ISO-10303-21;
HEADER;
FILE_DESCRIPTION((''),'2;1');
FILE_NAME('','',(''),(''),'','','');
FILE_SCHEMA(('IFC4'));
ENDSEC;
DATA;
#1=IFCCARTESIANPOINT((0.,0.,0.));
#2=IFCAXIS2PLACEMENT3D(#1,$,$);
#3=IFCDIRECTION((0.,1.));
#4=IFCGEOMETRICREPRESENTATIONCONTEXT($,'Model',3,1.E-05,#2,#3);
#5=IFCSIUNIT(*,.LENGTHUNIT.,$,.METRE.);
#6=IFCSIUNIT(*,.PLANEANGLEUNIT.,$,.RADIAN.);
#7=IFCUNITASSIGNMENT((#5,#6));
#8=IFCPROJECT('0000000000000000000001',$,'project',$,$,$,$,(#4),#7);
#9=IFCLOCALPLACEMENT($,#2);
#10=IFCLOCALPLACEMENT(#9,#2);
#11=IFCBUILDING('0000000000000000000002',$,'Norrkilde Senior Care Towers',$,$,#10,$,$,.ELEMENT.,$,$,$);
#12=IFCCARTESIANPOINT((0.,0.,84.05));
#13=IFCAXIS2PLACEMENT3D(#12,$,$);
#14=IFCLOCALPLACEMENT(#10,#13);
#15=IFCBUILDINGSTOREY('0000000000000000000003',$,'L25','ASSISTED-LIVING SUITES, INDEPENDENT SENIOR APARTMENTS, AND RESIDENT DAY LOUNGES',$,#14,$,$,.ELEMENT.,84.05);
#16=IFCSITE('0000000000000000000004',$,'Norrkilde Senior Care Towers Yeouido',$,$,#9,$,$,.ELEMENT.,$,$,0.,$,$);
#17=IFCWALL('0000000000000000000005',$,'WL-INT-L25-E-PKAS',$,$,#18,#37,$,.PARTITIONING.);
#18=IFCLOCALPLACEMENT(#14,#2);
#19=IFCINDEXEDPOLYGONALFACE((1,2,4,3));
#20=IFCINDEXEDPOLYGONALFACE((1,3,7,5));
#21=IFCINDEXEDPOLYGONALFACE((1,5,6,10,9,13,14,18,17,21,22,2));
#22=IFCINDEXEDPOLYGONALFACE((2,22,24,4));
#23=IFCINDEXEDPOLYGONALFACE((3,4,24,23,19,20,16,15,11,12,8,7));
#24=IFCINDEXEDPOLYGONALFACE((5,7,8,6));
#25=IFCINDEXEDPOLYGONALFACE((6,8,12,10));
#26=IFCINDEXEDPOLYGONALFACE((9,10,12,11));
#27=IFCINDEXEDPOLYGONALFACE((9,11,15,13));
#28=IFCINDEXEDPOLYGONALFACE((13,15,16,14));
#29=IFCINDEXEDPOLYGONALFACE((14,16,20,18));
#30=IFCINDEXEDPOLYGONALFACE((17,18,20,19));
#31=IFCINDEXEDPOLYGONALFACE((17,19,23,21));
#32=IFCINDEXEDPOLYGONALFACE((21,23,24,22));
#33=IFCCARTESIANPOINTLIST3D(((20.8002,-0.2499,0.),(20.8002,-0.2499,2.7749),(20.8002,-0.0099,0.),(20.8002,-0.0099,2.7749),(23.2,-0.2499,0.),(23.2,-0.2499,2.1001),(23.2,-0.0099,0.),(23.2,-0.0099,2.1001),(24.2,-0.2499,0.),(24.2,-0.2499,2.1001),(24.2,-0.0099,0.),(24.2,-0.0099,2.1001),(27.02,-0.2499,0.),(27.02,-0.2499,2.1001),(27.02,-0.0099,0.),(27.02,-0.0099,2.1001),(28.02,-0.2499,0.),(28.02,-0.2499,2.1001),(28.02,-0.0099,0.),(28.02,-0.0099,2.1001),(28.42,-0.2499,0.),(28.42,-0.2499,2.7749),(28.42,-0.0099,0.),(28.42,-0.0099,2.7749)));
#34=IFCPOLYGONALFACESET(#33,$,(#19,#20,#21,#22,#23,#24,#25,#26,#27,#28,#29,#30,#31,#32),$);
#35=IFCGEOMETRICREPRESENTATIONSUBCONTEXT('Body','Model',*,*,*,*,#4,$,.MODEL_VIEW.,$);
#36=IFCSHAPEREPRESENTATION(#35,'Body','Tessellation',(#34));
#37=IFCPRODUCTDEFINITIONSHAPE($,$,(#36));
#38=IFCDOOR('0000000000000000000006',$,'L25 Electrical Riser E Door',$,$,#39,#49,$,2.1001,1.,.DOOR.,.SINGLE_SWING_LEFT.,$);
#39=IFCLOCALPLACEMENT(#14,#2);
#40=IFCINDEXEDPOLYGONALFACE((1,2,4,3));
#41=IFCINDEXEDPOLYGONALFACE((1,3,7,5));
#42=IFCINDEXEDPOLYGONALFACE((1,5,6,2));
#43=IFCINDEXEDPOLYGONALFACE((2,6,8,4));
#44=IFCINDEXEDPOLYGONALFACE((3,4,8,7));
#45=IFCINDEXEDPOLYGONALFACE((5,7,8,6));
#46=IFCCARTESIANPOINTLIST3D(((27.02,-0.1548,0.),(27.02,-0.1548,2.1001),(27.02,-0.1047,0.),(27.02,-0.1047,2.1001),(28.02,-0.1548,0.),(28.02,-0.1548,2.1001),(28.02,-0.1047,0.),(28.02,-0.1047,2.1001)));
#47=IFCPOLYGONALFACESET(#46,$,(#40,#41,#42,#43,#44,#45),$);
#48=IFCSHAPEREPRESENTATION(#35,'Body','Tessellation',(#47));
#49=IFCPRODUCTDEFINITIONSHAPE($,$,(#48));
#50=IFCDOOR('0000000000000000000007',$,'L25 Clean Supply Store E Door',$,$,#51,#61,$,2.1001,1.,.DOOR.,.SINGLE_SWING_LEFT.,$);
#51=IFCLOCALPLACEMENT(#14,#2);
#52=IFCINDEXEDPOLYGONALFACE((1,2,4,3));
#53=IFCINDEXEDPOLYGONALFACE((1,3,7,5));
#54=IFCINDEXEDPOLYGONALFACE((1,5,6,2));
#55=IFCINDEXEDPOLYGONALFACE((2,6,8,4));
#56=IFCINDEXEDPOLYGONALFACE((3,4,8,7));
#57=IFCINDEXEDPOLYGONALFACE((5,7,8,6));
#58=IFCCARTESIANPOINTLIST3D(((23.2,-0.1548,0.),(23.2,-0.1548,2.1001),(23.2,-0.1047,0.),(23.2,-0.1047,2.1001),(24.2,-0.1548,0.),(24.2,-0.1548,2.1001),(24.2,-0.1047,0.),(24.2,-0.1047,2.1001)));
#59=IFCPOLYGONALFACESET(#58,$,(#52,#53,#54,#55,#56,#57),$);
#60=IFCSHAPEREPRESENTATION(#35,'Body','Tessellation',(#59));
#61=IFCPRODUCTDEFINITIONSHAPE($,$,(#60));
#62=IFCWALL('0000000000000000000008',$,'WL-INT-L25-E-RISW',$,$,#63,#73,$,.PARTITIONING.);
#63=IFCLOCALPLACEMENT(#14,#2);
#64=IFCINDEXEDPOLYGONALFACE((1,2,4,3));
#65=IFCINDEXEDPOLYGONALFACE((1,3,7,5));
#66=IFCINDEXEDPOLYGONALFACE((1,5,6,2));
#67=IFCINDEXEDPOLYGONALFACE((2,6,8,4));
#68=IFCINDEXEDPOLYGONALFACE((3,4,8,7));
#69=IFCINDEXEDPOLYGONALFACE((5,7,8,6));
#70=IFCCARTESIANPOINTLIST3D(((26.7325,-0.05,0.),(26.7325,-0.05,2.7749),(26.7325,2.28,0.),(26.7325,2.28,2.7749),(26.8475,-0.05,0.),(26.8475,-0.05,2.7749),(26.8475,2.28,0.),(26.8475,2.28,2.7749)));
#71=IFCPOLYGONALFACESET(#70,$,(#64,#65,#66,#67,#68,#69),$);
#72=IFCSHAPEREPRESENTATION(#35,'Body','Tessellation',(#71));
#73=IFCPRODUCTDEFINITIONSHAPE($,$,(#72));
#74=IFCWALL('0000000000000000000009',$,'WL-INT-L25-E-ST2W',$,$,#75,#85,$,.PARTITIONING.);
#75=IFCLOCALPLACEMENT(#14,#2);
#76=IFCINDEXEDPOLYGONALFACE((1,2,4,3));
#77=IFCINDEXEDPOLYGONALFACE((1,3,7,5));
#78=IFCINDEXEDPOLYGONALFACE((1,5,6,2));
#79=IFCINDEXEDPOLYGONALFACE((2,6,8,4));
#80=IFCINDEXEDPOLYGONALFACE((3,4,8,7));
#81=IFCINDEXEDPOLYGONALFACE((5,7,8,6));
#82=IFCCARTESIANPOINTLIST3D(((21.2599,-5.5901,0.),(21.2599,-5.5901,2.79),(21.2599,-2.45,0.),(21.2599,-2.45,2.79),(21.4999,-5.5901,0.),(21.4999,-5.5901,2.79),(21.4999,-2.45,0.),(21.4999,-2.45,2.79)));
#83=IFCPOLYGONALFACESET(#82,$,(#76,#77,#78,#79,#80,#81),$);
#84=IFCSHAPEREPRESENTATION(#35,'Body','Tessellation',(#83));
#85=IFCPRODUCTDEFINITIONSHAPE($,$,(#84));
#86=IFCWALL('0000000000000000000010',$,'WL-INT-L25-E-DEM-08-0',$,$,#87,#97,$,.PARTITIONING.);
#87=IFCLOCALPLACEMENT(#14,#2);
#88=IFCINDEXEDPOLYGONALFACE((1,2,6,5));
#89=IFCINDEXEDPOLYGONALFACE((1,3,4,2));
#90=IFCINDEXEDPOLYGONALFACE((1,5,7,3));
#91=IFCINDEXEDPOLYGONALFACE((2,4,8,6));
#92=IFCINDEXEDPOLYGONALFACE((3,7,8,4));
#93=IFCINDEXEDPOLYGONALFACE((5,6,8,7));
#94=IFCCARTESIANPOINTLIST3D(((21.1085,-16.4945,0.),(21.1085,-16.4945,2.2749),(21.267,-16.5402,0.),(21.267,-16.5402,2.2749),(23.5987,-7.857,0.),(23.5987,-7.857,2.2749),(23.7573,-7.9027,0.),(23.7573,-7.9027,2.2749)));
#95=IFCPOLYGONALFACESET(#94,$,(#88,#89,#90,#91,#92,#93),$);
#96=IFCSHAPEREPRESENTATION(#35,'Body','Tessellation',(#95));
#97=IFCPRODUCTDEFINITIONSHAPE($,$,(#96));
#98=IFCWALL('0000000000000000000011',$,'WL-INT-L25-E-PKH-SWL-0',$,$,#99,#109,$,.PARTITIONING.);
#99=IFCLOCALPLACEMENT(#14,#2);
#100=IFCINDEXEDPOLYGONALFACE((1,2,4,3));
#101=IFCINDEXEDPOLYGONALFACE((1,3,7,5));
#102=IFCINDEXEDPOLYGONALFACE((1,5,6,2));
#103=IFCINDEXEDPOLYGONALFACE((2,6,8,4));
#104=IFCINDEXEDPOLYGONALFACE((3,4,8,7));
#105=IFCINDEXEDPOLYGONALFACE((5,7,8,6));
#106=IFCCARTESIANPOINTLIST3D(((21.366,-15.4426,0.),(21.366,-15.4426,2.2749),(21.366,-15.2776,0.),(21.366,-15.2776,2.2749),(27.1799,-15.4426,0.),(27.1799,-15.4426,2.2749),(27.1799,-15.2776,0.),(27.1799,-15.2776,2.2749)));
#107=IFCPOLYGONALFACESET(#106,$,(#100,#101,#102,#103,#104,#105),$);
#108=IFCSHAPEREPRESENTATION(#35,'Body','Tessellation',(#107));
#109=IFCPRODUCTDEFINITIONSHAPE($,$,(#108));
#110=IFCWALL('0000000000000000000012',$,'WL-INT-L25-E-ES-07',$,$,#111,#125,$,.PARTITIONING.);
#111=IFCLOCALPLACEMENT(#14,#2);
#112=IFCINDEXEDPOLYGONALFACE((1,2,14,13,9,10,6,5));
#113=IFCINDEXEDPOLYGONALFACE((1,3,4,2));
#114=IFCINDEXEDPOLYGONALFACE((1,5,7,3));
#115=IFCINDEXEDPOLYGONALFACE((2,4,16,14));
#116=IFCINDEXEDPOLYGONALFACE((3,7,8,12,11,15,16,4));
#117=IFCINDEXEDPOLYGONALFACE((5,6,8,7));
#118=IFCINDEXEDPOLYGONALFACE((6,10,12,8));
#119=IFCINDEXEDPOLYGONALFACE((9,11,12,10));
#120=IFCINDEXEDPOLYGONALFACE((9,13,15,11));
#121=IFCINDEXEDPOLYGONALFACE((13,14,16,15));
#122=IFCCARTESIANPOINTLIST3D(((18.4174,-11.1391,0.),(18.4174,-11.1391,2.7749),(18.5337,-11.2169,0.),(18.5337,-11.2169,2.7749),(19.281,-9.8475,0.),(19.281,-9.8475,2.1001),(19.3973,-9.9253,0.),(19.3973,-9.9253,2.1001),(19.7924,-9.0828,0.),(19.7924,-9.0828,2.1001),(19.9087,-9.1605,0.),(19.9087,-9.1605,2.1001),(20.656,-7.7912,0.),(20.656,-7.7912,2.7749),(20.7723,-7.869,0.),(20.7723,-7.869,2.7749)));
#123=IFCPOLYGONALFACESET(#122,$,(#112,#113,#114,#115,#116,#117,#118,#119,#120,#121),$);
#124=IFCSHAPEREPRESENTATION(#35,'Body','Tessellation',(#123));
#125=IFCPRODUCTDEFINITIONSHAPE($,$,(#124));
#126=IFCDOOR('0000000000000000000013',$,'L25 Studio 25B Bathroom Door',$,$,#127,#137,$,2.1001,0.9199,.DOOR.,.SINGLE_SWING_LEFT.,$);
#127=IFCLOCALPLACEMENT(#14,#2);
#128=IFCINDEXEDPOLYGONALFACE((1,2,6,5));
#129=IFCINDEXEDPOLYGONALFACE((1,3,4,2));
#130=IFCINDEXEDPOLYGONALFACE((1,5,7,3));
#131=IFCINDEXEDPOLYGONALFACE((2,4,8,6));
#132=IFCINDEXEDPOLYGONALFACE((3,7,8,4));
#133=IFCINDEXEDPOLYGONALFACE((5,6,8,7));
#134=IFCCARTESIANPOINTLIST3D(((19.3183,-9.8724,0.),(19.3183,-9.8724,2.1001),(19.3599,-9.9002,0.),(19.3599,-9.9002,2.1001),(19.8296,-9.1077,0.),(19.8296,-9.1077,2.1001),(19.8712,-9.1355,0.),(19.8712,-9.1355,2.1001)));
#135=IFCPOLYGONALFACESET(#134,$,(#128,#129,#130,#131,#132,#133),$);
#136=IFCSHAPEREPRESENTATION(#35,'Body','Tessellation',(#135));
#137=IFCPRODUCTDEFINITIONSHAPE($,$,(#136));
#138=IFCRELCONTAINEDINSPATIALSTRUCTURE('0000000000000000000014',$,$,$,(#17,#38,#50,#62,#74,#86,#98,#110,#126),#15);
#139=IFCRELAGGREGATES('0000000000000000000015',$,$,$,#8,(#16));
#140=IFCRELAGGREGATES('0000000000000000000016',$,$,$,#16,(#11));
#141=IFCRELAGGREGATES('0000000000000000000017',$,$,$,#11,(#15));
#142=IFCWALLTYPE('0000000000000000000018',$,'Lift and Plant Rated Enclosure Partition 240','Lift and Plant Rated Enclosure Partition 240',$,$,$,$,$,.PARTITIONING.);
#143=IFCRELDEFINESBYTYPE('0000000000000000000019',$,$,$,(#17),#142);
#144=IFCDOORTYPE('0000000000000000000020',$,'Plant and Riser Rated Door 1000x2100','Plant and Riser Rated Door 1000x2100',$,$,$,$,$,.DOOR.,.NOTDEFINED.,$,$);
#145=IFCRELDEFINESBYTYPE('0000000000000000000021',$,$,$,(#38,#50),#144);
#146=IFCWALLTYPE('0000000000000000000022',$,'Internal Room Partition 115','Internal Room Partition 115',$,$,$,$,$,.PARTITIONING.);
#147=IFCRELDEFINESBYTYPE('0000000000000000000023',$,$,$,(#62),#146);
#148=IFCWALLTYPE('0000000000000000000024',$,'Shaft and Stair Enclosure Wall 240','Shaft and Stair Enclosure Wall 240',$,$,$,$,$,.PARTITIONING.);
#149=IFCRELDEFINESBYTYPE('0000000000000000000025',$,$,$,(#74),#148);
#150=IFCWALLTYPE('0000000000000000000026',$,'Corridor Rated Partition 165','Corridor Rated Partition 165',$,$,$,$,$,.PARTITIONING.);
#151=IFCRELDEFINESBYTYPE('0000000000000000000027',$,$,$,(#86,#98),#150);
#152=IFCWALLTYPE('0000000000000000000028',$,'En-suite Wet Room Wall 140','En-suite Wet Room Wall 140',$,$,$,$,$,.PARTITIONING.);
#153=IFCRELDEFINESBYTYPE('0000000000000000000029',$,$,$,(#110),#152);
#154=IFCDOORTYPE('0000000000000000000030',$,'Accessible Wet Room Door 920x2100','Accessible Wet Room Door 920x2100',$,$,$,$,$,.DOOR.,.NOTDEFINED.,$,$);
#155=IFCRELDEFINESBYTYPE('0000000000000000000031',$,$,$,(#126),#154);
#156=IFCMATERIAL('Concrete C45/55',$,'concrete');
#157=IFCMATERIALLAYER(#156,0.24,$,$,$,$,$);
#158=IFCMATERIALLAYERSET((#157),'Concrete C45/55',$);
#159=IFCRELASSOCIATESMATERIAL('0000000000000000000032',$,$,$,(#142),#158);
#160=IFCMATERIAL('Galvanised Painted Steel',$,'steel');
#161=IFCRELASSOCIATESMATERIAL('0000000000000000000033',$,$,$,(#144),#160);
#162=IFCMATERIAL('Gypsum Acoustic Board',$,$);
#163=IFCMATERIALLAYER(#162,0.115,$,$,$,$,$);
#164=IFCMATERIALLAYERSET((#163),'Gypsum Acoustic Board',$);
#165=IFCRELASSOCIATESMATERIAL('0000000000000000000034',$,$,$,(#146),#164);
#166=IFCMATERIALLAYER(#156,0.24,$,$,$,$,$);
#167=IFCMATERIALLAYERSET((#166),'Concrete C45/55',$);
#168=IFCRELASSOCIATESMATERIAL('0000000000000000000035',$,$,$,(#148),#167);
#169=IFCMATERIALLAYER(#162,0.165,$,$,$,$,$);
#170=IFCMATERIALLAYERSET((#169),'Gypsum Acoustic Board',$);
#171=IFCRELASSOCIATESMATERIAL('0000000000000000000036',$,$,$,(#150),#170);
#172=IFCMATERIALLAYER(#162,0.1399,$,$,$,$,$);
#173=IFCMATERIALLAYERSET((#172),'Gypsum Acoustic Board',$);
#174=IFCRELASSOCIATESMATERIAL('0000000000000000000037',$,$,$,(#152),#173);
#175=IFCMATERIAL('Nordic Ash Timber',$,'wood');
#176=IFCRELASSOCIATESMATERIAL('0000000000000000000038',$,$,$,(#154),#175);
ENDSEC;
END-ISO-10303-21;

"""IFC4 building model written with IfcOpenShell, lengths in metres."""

from ifc_helpers import new_model, si_unit, direction, frame, frame_2d, origin, place, context, subcontext, project, spatial, rectangle, extrude, source, transform, mapped, material, layer, layer_set, type_object, type_shapes, element, fill, save


model = new_model("IFC4")

# Units and contexts
model_context = context("Model", 3, precision=1e-05, world=origin(), true_north=direction((0.0, 1.0)))
body_context = subcontext(model_context, "Body", "Model", "MODEL_VIEW")
ifc_project = project(units=[si_unit("LENGTHUNIT", "METRE"), si_unit("PLANEANGLEUNIT", "RADIAN")], contexts=[model_context])

# Site, building, storey
site_placement = place(None, origin())
site = spatial("IfcSite", under=ifc_project, at=site_placement, Name="Norrkilde Senior Care Towers Yeouido", CompositionType="ELEMENT", RefElevation=0.0)
building_placement = place(site_placement, origin())
building = spatial("IfcBuilding", under=site, at=building_placement, Name="Norrkilde Senior Care Towers", CompositionType="ELEMENT")
storey_placement = place(building_placement, frame((0.0, 0.0, 84.05)))
storey = spatial("IfcBuildingStorey", under=building, at=storey_placement, Name="L25", Description="ASSISTED-LIVING SUITES, INDEPENDENT SENIOR APARTMENTS, AND RESIDENT DAY LOUNGES", CompositionType="ELEMENT", Elevation=84.05)

# Wall, openings, doors
ifc_material_1 = material(Name="Concrete C45/55", Category="concrete")
ifc_layer_1 = layer(ifc_material_1, 0.24)
ifc_layer_set_1 = layer_set([ifc_layer_1], Name="Concrete C45/55")
wall_type_1 = type_object("IfcWallType", Name="Lift and Plant Rated Enclosure Partition 240", Description="Lift and Plant Rated Enclosure Partition 240", PredefinedType="PARTITIONING", material=ifc_layer_set_1)
shared_shape_1 = source(origin(), body_context, "Body", "SweptSolid", [
    extrude(rectangle(XDim=7.6199, YDim=0.24, at=frame_2d((3.8101, 0.0))), origin(), (0.0, 0.0, 1.0), 2.7749),
])
type_shapes(wall_type_1, [shared_shape_1])
wall_1_placement = place(storey_placement, frame((20.8, -0.1299, 0.0), z_axis=(0.0, 0.0, 1.0), x_axis=(1.0, 0.0, 0.0)))
wall_1 = element("IfcWall", 1, at=wall_1_placement, inside=storey, type_object=wall_type_1, Name="WL-INT-L25-E-PKAS", PredefinedType="PARTITIONING", context=body_context, shape_type="MappedRepresentation", body=[
    mapped(shared_shape_1, transform((0.0, 0.0, 0.0), x_axis=(1.0, 0.0, 0.0), y_axis=(0.0, 1.0, 0.0), z_axis=(0.0, 0.0, 1.0), scale=1.0)),
])
opening_1_placement = place(wall_1_placement, frame((6.22, 0.0, 0.0)))
opening_1 = element("IfcOpeningElement", 2, at=opening_1_placement, cuts=wall_1, PredefinedType="OPENING", context=body_context, shape_type="SweptSolid", body=[
    extrude(rectangle(XDim=1.0, YDim=2.1001, at=frame_2d((0.5, 1.05))), frame((0.0, 0.1299, 0.0), z_axis=(0.0, -1.0, 0.0), x_axis=(1.0, 0.0, 0.0)), (0.0, 0.0, 1.0), 0.26),
])
opening_2_placement = place(wall_1_placement, frame((2.3999, 0.0, 0.0)))
opening_2 = element("IfcOpeningElement", 3, at=opening_2_placement, cuts=wall_1, PredefinedType="OPENING", context=body_context, shape_type="SweptSolid", body=[
    extrude(rectangle(XDim=1.0, YDim=2.1001, at=frame_2d((0.5, 1.05))), frame((0.0, 0.1299, 0.0), z_axis=(0.0, -1.0, 0.0), x_axis=(1.0, 0.0, 0.0)), (0.0, 0.0, 1.0), 0.26),
])
ifc_material_2 = material(Name="Galvanised Painted Steel", Category="steel")
door_type_1 = type_object("IfcDoorType", Name="Plant and Riser Rated Door 1000x2100", Description="Plant and Riser Rated Door 1000x2100", OperationType="NOTDEFINED", PredefinedType="DOOR", material=ifc_material_2)
shared_shape_2 = source(origin(), body_context, "Body", "SweptSolid", [
    extrude(rectangle(XDim=1.0, YDim=2.1001, at=frame_2d((0.5, 1.05))), frame((0.0, 0.0249, 0.0), z_axis=(0.0, -1.0, 0.0), x_axis=(1.0, 0.0, 0.0)), (0.0, 0.0, 1.0), 0.05),
])
type_shapes(door_type_1, [shared_shape_2])
door_1_placement = place(opening_1_placement, frame((1.0, 0.0, 0.0), z_axis=(0.0, 0.0, 1.0), x_axis=(-1.0, 0.0, 0.0)))
door_1 = element("IfcDoor", 4, at=door_1_placement, inside=storey, type_object=door_type_1, Name="L25 Electrical Riser E Door", OperationType="SINGLE_SWING_LEFT", OverallHeight=2.1001, OverallWidth=1.0, PredefinedType="DOOR", context=body_context, shape_type="MappedRepresentation", body=[
    mapped(shared_shape_2, transform((0.0, 0.0, 0.0), x_axis=(1.0, 0.0, 0.0), y_axis=(0.0, 1.0, 0.0), z_axis=(0.0, 0.0, 1.0), scale=1.0)),
])
fill(opening_1, door_1)
door_2_placement = place(opening_2_placement, frame((1.0, 0.0, 0.0), z_axis=(0.0, 0.0, 1.0), x_axis=(-1.0, 0.0, 0.0)))
door_2 = element("IfcDoor", 5, at=door_2_placement, inside=storey, type_object=door_type_1, Name="L25 Clean Supply Store E Door", OperationType="SINGLE_SWING_LEFT", OverallHeight=2.1001, OverallWidth=1.0, PredefinedType="DOOR", context=body_context, shape_type="MappedRepresentation", body=[
    mapped(shared_shape_2, transform((0.0, 0.0, 0.0), x_axis=(1.0, 0.0, 0.0), y_axis=(0.0, 1.0, 0.0), z_axis=(0.0, 0.0, 1.0), scale=1.0)),
])
fill(opening_2, door_2)

# Wall
ifc_material_3 = material(Name="Gypsum Acoustic Board")
ifc_layer_2 = layer(ifc_material_3, 0.115)
ifc_layer_set_2 = layer_set([ifc_layer_2], Name="Gypsum Acoustic Board")
wall_type_2 = type_object("IfcWallType", Name="Internal Room Partition 115", Description="Internal Room Partition 115", PredefinedType="PARTITIONING", material=ifc_layer_set_2)
shared_shape_3 = source(origin(), body_context, "Body", "SweptSolid", [
    extrude(rectangle(XDim=2.3301, YDim=0.115, at=frame_2d((1.165, 0.0))), origin(), (0.0, 0.0, 1.0), 2.7749),
])
type_shapes(wall_type_2, [shared_shape_3])
wall_2_placement = place(storey_placement, frame((26.79, -0.05, 0.0), z_axis=(0.0, 0.0, 1.0), x_axis=(0.0, 1.0, 0.0)))
element("IfcWall", 6, at=wall_2_placement, inside=storey, type_object=wall_type_2, Name="WL-INT-L25-E-RISW", PredefinedType="PARTITIONING", context=body_context, shape_type="MappedRepresentation", body=[
    mapped(shared_shape_3, transform((0.0, 0.0, 0.0), x_axis=(1.0, 0.0, 0.0), y_axis=(0.0, 1.0, 0.0), z_axis=(0.0, 0.0, 1.0), scale=1.0)),
])

# Shared definitions
ifc_layer_3 = layer(ifc_material_1, 0.24)
ifc_layer_set_3 = layer_set([ifc_layer_3], Name="Concrete C45/55")
wall_type_3 = type_object("IfcWallType", Name="Shaft and Stair Enclosure Wall 240", Description="Shaft and Stair Enclosure Wall 240", PredefinedType="PARTITIONING", material=ifc_layer_set_3)

# Walls
shared_shape_4 = source(origin(), body_context, "Body", "SweptSolid", [
    extrude(rectangle(XDim=3.1401, YDim=0.24, at=frame_2d((1.5701, 0.0))), origin(), (0.0, 0.0, 1.0), 2.79),
])
wall_3_placement = place(storey_placement, frame((21.3799, -5.5901, 0.0), z_axis=(0.0, 0.0, 1.0), x_axis=(0.0, 1.0, 0.0)))
element("IfcWall", 7, at=wall_3_placement, inside=storey, type_object=wall_type_3, Name="WL-INT-L25-E-ST2W", PredefinedType="PARTITIONING", context=body_context, shape_type="MappedRepresentation", body=[
    mapped(shared_shape_4, transform((0.0, 0.0, 0.0), x_axis=(1.0, 0.0, 0.0), y_axis=(0.0, 1.0, 0.0), z_axis=(0.0, 0.0, 1.0), scale=1.0)),
])
ifc_layer_4 = layer(ifc_material_3, 0.165)
ifc_layer_set_4 = layer_set([ifc_layer_4], Name="Gypsum Acoustic Board")
wall_type_4 = type_object("IfcWallType", Name="Corridor Rated Partition 165", Description="Corridor Rated Partition 165", PredefinedType="PARTITIONING", material=ifc_layer_set_4)
shared_shape_5 = source(origin(), body_context, "Body", "SweptSolid", [
    extrude(rectangle(XDim=8.9893, YDim=0.165, at=frame_2d((4.4946, 0.0))), origin(), (0.0, 0.0, 1.0), 2.2749),
])
wall_4_placement = place(storey_placement, frame((23.678, -7.8799, 0.0), z_axis=(0.0, 0.0, 1.0), x_axis=(-0.277023, -0.960863, 0.0)))
element("IfcWall", 8, at=wall_4_placement, inside=storey, type_object=wall_type_4, Name="WL-INT-L25-E-DEM-08-0", PredefinedType="PARTITIONING", context=body_context, shape_type="MappedRepresentation", body=[
    mapped(shared_shape_5, transform((0.0, 0.0, 0.0), x_axis=(1.0, 0.0, 0.0), y_axis=(0.0, 1.0, 0.0), z_axis=(0.0, 0.0, 1.0), scale=1.0)),
])
shared_shape_6 = source(origin(), body_context, "Body", "SweptSolid", [
    extrude(rectangle(XDim=5.814, YDim=0.165, at=frame_2d((2.907, 0.0))), origin(), (0.0, 0.0, 1.0), 2.2749),
])
type_shapes(wall_type_4, [shared_shape_5, shared_shape_6])
wall_5_placement = place(storey_placement, frame((21.366, -15.3601, 0.0), z_axis=(0.0, 0.0, 1.0), x_axis=(1.0, 0.0, 0.0)))
element("IfcWall", 9, at=wall_5_placement, inside=storey, type_object=wall_type_4, Name="WL-INT-L25-E-PKH-SWL-0", PredefinedType="PARTITIONING", context=body_context, shape_type="MappedRepresentation", body=[
    mapped(shared_shape_6, transform((0.0, 0.0, 0.0), x_axis=(1.0, 0.0, 0.0), y_axis=(0.0, 1.0, 0.0), z_axis=(0.0, 0.0, 1.0), scale=1.0)),
])

# Wall, opening, door
ifc_layer_5 = layer(ifc_material_3, 0.1399)
ifc_layer_set_5 = layer_set([ifc_layer_5], Name="Gypsum Acoustic Board")
wall_type_5 = type_object("IfcWallType", Name="En-suite Wet Room Wall 140", Description="En-suite Wet Room Wall 140", PredefinedType="PARTITIONING", material=ifc_layer_set_5)
shared_shape_7 = source(origin(), body_context, "Body", "SweptSolid", [
    extrude(rectangle(XDim=4.0273, YDim=0.1399, at=frame_2d((2.0137, 0.0))), origin(), (0.0, 0.0, 1.0), 2.7749),
])
type_shapes(wall_type_5, [shared_shape_7])
wall_6_placement = place(storey_placement, frame((20.7141, -7.8301, 0.0), z_axis=(0.0, 0.0, 1.0), x_axis=(-0.555833, -0.831294, 0.0)))
wall_6 = element("IfcWall", 10, at=wall_6_placement, inside=storey, type_object=wall_type_5, Name="WL-INT-L25-E-ES-07", PredefinedType="PARTITIONING", context=body_context, shape_type="MappedRepresentation", body=[
    mapped(shared_shape_7, transform((0.0, 0.0, 0.0), x_axis=(1.0, 0.0, 0.0), y_axis=(0.0, 1.0, 0.0), z_axis=(0.0, 0.0, 1.0), scale=1.0)),
])
opening_3_placement = place(wall_6_placement, frame((1.5537, 0.0, 0.0)))
opening_3 = element("IfcOpeningElement", 11, at=opening_3_placement, cuts=wall_6, PredefinedType="OPENING", context=body_context, shape_type="SweptSolid", body=[
    extrude(rectangle(XDim=0.9199, YDim=2.1001, at=frame_2d((0.46, 1.05))), frame((0.0, 0.0798, 0.0), z_axis=(0.0, -1.0, 0.0), x_axis=(1.0, 0.0, 0.0)), (0.0, 0.0, 1.0), 0.1599),
])
ifc_material_4 = material(Name="Nordic Ash Timber", Category="wood")
door_type_2 = type_object("IfcDoorType", Name="Accessible Wet Room Door 920x2100", Description="Accessible Wet Room Door 920x2100", OperationType="NOTDEFINED", PredefinedType="DOOR", material=ifc_material_4)
shared_shape_8 = source(origin(), body_context, "Body", "SweptSolid", [
    extrude(rectangle(XDim=0.9199, YDim=2.1001, at=frame_2d((0.46, 1.05))), frame((0.0, 0.0249, 0.0), z_axis=(0.0, -1.0, 0.0), x_axis=(1.0, 0.0, 0.0)), (0.0, 0.0, 1.0), 0.05),
])
type_shapes(door_type_2, [shared_shape_8])
door_3_placement = place(opening_3_placement, origin())
door_3 = element("IfcDoor", 12, at=door_3_placement, inside=storey, type_object=door_type_2, Name="L25 Studio 25B Bathroom Door", OperationType="SINGLE_SWING_LEFT", OverallHeight=2.1001, OverallWidth=0.9199, PredefinedType="DOOR", context=body_context, shape_type="MappedRepresentation", body=[
    mapped(shared_shape_8, transform((0.0, 0.0, 0.0), x_axis=(1.0, 0.0, 0.0), y_axis=(0.0, 1.0, 0.0), z_axis=(0.0, 0.0, 1.0), scale=1.0)),
])
fill(opening_3, door_3)

save(model, "model.ifc")
